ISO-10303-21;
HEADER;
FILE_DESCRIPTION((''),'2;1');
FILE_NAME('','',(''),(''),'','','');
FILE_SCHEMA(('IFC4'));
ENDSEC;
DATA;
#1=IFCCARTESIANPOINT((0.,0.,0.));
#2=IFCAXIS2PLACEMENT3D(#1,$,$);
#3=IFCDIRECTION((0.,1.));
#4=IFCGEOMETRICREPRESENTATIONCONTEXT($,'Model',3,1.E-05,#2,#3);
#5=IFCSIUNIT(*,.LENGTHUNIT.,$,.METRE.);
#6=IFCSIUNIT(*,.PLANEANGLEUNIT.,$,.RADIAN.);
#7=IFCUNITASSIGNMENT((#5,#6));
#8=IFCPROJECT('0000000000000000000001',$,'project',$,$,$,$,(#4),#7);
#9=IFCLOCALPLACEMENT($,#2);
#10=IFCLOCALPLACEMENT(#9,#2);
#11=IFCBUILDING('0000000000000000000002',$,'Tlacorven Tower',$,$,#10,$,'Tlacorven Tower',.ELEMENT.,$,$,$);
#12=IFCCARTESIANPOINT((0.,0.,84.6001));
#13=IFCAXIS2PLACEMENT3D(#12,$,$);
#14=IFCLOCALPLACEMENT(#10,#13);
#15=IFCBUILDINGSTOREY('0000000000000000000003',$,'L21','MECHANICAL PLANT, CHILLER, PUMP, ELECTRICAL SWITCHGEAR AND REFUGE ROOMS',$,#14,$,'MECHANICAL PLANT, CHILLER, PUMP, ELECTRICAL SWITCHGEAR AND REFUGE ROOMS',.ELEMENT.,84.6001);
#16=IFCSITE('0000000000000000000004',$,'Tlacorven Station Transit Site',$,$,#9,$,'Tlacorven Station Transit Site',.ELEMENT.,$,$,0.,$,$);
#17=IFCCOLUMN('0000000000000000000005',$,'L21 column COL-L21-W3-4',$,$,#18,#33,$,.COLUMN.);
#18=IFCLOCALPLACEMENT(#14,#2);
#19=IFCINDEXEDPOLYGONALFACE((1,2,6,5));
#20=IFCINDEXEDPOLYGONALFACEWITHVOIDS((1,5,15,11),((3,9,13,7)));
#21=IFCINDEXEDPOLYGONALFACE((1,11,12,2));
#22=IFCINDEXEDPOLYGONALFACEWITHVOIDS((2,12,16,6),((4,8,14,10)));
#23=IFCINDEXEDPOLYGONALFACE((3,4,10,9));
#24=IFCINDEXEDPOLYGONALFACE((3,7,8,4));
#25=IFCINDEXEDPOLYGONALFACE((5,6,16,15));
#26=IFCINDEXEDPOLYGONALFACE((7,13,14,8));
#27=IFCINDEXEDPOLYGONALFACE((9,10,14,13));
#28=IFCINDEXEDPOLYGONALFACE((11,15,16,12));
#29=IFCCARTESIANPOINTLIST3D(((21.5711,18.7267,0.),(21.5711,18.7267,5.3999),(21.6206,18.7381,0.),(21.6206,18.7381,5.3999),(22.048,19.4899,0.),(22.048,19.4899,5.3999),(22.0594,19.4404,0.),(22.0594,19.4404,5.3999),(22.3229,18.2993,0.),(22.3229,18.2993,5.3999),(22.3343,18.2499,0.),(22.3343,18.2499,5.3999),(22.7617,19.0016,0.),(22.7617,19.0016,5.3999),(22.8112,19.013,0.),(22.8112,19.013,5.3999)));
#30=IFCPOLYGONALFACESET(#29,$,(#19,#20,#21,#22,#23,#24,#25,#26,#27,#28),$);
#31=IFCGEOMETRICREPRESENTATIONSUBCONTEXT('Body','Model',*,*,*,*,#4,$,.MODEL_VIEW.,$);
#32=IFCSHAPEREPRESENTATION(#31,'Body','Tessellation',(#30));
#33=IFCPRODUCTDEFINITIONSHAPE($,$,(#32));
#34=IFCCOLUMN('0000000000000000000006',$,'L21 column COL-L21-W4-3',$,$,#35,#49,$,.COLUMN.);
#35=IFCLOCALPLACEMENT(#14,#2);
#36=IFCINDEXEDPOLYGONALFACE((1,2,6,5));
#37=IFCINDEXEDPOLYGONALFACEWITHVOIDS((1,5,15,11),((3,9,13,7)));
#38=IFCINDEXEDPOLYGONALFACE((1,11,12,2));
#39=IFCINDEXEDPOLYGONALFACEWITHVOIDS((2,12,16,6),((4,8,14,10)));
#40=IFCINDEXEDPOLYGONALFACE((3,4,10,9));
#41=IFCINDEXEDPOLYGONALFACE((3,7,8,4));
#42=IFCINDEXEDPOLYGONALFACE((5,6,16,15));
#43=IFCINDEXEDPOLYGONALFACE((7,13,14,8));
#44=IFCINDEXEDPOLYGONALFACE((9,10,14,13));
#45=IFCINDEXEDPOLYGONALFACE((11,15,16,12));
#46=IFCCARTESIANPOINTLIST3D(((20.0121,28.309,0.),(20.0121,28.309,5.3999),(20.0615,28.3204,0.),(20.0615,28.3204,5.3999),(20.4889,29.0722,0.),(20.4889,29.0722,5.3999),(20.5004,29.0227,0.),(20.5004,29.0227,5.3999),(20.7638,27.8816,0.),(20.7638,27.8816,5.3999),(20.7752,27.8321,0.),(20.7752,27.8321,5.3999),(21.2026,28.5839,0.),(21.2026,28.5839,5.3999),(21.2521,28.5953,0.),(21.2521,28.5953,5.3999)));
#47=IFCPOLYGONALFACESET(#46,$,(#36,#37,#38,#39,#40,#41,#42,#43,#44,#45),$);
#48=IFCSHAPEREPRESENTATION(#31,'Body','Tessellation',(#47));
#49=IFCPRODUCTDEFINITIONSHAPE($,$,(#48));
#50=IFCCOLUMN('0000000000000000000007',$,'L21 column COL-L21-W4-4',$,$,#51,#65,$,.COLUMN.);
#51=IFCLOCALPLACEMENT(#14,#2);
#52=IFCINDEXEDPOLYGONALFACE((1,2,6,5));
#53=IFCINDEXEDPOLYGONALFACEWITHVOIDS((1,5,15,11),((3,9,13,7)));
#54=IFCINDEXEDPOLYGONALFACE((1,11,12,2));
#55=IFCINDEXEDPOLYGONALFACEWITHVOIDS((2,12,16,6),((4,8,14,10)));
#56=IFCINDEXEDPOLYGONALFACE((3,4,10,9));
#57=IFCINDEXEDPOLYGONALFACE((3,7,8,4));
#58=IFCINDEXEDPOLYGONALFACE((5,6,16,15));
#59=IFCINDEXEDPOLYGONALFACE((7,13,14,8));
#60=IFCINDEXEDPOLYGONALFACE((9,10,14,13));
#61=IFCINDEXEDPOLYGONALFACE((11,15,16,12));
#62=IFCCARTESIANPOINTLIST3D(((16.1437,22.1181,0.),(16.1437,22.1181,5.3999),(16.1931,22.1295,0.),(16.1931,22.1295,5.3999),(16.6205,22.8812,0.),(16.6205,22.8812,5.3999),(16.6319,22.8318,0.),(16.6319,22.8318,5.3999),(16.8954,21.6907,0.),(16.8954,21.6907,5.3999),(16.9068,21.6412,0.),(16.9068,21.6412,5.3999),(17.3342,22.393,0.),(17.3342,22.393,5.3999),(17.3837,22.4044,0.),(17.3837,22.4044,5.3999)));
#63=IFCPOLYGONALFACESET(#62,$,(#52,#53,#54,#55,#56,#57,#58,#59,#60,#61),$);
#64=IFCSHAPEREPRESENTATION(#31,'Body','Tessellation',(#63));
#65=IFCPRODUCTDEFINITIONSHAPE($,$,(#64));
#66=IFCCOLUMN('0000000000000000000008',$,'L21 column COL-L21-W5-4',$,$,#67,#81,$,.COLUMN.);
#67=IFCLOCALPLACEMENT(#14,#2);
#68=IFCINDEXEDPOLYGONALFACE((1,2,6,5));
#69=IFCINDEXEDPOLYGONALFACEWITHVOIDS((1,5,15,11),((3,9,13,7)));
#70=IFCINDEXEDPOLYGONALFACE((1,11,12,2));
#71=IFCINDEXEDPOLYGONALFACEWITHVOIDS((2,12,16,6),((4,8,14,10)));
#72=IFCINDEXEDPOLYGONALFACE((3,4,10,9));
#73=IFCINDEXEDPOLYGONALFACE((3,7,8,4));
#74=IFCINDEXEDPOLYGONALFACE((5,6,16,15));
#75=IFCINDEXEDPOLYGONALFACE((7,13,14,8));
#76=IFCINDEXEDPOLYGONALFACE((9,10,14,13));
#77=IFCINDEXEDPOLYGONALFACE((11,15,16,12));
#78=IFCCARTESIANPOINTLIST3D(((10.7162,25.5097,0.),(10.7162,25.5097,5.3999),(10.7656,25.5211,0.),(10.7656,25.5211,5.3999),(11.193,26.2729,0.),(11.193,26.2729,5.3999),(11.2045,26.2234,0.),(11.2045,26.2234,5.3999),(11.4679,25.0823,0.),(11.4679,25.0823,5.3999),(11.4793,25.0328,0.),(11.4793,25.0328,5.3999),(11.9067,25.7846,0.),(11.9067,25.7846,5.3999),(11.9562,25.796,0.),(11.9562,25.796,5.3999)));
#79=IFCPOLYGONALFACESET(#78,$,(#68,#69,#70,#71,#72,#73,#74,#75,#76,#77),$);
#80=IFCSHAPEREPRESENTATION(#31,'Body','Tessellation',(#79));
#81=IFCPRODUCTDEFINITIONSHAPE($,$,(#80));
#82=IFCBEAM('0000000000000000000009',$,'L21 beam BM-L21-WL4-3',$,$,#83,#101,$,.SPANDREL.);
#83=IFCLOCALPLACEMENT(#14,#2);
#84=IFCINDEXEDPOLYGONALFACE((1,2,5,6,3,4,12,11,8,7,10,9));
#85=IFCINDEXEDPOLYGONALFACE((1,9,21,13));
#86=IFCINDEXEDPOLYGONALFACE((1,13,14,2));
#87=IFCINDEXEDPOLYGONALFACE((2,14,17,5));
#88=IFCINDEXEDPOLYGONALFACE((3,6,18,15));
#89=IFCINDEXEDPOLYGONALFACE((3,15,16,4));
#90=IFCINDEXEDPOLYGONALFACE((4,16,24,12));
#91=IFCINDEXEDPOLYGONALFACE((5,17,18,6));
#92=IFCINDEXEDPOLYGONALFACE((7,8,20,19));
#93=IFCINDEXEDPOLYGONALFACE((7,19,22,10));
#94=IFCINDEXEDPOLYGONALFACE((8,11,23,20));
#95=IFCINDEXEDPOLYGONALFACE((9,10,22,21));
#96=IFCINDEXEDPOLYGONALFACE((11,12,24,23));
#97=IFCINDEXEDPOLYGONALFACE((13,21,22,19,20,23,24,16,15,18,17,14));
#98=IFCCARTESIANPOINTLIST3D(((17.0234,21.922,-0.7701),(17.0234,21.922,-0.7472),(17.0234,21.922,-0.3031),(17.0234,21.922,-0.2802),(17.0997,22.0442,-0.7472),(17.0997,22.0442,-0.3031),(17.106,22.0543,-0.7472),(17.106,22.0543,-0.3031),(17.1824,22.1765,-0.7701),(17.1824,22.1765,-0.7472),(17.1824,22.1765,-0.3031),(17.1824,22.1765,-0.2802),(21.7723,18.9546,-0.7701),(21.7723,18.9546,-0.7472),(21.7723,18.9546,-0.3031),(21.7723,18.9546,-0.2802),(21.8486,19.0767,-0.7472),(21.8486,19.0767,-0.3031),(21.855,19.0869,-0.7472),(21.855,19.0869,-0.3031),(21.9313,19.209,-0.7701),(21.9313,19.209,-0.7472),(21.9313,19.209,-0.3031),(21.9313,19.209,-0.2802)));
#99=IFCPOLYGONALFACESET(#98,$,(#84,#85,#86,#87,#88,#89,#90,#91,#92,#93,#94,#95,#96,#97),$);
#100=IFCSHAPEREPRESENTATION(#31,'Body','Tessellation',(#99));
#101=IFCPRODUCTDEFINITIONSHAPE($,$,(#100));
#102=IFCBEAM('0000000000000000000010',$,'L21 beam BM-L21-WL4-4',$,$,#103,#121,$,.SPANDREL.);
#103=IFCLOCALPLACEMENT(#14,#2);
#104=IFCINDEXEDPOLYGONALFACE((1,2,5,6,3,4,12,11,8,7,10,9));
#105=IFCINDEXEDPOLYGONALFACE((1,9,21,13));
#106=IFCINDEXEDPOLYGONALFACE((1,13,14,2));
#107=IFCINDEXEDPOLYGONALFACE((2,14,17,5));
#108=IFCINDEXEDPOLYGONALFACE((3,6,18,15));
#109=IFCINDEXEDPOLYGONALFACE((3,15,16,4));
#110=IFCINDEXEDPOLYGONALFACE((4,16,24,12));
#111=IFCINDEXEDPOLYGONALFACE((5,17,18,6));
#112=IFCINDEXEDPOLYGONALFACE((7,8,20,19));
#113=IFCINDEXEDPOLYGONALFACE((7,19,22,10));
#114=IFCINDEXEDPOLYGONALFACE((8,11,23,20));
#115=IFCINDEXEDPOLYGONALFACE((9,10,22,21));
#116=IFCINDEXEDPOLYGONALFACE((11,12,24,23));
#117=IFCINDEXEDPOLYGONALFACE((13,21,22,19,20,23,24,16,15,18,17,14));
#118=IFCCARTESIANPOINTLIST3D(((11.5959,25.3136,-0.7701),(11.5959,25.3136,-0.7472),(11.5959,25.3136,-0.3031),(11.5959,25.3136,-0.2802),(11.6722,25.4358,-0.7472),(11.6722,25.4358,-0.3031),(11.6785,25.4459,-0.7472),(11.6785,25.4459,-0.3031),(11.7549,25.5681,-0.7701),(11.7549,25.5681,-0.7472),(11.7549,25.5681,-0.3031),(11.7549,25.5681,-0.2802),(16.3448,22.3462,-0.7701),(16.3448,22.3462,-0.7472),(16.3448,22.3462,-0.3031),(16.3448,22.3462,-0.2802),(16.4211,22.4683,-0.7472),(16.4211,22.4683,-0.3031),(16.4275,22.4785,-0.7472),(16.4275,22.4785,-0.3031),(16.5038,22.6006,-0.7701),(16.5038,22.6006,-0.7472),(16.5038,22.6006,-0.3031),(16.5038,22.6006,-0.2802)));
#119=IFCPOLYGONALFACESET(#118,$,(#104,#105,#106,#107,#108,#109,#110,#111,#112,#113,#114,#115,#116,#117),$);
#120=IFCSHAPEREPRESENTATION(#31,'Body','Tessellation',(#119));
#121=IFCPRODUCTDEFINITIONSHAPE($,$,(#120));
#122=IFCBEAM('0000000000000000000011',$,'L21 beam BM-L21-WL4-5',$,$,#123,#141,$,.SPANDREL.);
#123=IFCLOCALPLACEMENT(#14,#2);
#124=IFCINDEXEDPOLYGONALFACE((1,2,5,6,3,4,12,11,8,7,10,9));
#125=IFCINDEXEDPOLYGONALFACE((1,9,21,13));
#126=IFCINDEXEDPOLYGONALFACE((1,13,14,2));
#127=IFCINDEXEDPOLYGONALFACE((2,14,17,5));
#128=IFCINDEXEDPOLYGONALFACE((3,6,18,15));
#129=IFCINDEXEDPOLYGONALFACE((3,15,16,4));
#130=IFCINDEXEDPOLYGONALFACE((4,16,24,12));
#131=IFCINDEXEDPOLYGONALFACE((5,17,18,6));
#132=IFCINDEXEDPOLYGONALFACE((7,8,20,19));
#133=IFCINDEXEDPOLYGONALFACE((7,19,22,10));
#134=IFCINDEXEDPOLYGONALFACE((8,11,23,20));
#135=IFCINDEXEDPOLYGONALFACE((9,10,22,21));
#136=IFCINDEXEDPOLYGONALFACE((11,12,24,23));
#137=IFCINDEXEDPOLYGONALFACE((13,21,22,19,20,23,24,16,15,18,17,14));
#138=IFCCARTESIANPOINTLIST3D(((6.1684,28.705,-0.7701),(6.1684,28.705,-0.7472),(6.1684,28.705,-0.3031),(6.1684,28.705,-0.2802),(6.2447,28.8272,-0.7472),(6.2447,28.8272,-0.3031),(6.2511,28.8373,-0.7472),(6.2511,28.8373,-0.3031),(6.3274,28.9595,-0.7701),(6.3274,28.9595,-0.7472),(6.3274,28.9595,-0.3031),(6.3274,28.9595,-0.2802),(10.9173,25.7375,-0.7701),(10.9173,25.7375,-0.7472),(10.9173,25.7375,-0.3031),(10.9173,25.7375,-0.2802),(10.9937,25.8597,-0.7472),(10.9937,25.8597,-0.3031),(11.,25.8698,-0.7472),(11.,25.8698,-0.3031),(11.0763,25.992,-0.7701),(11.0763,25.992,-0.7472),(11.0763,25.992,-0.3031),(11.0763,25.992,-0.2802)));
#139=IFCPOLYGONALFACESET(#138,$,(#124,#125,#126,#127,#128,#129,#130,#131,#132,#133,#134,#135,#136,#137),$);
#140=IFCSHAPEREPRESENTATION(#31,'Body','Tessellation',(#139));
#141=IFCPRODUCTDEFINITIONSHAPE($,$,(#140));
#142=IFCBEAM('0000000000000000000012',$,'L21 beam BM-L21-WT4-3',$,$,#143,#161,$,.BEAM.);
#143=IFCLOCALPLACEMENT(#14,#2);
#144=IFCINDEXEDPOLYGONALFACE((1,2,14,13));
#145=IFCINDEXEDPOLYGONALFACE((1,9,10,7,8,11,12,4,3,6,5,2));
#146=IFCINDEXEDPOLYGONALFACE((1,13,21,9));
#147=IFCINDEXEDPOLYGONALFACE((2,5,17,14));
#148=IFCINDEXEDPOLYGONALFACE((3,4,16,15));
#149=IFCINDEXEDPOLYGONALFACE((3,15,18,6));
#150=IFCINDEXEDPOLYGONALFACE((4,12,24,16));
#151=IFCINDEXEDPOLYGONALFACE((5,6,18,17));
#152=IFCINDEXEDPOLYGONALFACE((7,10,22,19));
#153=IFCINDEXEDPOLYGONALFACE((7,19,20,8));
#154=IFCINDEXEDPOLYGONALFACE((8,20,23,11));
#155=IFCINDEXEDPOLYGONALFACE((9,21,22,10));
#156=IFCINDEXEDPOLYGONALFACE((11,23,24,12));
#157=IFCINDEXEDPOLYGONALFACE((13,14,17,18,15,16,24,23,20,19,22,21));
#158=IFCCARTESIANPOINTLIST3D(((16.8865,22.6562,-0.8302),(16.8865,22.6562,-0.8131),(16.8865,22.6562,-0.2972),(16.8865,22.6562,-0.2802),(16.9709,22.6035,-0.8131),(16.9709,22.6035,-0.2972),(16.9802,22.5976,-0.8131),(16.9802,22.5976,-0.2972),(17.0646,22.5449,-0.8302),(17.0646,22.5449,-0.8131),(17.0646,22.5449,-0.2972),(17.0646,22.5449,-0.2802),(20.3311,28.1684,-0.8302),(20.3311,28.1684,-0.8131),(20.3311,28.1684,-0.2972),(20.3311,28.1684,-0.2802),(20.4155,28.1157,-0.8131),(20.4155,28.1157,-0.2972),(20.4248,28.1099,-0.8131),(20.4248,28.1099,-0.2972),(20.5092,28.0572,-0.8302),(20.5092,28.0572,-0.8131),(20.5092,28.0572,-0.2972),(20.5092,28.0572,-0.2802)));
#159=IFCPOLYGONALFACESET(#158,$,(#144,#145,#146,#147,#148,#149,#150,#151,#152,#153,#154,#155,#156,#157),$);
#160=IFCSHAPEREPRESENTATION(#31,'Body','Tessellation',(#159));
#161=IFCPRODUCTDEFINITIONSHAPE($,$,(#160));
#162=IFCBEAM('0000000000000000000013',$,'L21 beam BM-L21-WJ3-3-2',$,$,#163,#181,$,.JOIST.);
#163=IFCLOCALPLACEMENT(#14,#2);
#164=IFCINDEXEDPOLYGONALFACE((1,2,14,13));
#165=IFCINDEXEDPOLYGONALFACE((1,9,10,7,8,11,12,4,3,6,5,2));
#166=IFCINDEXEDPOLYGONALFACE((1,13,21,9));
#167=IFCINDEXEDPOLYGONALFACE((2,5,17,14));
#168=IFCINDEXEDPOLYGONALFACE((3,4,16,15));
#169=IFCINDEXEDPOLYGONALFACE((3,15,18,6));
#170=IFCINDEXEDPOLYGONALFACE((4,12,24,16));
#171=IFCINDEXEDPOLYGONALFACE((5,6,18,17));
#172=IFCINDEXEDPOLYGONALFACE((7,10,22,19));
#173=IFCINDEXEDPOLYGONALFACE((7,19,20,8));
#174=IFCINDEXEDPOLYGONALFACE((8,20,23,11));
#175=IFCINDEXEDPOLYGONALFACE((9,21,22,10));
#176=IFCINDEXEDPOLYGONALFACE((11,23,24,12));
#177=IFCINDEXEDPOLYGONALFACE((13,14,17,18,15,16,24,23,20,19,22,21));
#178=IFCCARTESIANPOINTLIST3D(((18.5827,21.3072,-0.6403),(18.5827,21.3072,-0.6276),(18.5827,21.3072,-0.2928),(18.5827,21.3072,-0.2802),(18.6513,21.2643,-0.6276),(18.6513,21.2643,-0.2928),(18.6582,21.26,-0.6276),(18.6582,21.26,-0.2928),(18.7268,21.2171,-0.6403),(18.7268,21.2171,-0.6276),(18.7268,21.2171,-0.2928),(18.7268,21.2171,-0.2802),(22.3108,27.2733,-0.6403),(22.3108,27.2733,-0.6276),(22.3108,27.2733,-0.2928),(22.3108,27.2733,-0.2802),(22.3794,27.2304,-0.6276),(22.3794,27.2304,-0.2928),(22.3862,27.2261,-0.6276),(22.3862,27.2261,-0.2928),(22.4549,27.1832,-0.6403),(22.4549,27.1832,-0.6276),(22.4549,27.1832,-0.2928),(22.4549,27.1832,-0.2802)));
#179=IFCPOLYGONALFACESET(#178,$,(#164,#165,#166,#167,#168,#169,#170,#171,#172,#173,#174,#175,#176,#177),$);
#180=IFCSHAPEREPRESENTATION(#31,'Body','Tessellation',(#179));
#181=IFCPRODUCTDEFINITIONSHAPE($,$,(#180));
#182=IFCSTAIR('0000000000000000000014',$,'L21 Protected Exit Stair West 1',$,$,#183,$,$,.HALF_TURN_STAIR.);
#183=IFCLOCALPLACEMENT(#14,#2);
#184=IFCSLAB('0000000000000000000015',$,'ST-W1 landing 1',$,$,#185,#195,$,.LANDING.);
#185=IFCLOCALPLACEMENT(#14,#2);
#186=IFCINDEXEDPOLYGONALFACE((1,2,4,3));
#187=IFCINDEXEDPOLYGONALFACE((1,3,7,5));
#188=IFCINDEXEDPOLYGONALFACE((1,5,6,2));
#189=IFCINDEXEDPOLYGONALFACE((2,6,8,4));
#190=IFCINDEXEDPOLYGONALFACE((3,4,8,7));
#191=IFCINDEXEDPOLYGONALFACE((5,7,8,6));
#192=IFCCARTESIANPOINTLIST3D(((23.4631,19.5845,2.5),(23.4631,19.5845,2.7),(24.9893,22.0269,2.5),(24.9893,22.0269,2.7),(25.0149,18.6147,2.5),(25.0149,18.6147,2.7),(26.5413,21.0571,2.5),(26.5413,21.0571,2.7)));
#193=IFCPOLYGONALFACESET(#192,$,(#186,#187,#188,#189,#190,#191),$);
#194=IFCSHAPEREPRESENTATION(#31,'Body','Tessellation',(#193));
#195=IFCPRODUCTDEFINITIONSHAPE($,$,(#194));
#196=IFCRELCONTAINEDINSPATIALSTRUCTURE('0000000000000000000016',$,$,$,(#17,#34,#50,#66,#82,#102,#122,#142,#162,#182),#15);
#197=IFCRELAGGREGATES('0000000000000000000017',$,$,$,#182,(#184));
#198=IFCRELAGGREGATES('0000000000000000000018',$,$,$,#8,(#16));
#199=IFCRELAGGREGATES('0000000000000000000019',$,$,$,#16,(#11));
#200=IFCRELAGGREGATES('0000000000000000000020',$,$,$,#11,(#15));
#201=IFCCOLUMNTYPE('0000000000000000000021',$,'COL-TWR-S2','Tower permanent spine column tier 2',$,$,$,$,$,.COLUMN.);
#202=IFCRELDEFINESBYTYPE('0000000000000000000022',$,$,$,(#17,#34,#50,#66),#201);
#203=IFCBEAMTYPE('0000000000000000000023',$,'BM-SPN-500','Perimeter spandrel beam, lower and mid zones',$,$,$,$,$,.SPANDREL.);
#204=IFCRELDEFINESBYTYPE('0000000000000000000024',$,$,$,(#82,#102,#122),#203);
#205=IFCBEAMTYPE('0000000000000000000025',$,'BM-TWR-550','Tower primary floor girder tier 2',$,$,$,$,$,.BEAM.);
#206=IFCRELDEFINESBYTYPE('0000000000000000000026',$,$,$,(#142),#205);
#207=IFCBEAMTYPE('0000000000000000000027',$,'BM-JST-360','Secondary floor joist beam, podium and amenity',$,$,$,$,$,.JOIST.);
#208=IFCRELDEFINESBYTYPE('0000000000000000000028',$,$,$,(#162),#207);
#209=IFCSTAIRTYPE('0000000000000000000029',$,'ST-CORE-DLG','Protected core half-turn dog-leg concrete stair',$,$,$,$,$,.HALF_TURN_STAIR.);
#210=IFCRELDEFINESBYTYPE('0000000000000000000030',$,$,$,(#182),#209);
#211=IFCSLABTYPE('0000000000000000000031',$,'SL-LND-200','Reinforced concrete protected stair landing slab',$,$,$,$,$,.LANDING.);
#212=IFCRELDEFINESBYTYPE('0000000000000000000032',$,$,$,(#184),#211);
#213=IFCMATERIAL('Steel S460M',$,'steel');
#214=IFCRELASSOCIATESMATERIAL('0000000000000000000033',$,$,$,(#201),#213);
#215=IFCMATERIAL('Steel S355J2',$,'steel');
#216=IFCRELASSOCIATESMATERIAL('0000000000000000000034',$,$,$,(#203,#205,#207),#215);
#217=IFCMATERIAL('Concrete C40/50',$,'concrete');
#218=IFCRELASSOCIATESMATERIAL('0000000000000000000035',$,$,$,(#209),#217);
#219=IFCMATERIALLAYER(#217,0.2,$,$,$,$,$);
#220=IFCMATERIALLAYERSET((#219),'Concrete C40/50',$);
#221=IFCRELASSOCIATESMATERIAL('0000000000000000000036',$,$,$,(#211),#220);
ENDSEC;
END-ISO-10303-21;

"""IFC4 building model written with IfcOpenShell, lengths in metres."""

from ifc_helpers import new_model, si_unit, direction, frame, origin, origin_2d, place, context, subcontext, project, spatial, polyline, hollow_rectangle, i_section, outline, extrude, source, transform, mapped, material, layer, layer_set, material_profile, profile_set, type_object, element, aggregate, save


model = new_model("IFC4")

# Units and contexts
model_context = context("Model", 3, precision=1e-05, world=origin(), true_north=direction((0.0, 1.0)))
body_context = subcontext(model_context, "Body", "Model", "MODEL_VIEW")
ifc_project = project(units=[si_unit("LENGTHUNIT", "METRE"), si_unit("PLANEANGLEUNIT", "RADIAN")], contexts=[model_context])

# Site, building, storey
site_placement = place(None, origin())
site = spatial("IfcSite", under=ifc_project, at=site_placement, Name="Tlacorven Station Transit Site", LongName="Tlacorven Station Transit Site", CompositionType="ELEMENT", RefElevation=0.0)
building_placement = place(site_placement, origin())
building = spatial("IfcBuilding", under=site, at=building_placement, Name="Tlacorven Tower", LongName="Tlacorven Tower", CompositionType="ELEMENT")
storey_placement = place(building_placement, frame((0.0, 0.0, 84.6001)))
storey = spatial("IfcBuildingStorey", under=building, at=storey_placement, Name="L21", Description="MECHANICAL PLANT, CHILLER, PUMP, ELECTRICAL SWITCHGEAR AND REFUGE ROOMS", LongName="MECHANICAL PLANT, CHILLER, PUMP, ELECTRICAL SWITCHGEAR AND REFUGE ROOMS", CompositionType="ELEMENT", Elevation=84.6001)

# Columns
ifc_material_1 = material(Name="Steel S460M", Category="steel")
ifc_material_profile_1 = material_profile(ifc_material_1, hollow_rectangle(XDim=0.8999, YDim=0.8999, WallThickness=0.0359, at=origin_2d()), Name="BOX 900X900X36")
ifc_profile_set_1 = profile_set([ifc_material_profile_1], Name="Steel S460M")
column_type = type_object("IfcColumnType", Name="COL-TWR-S2", Description="Tower permanent spine column tier 2", PredefinedType="COLUMN", material=ifc_profile_set_1)
shared_shape_1 = source(origin(), body_context, "Body", "SweptSolid", [
    extrude(hollow_rectangle(XDim=0.8999, YDim=0.8999, WallThickness=0.0359, at=origin_2d()), origin(), (0.0, 0.0, 1.0), 5.3999),
])
for number, where, z_axis, x_axis, name in (
    (1, (22.1912, 18.8699, 0.0), (0.0, 0.0, 1.0), (-0.848048, 0.529919, 0.0), "L21 column COL-L21-W3-4"),
    (2, (20.6321, 28.4521, 0.0), (0.0, 0.0, 1.0), (-0.848048, 0.529919, 0.0), "L21 column COL-L21-W4-3"),
    (3, (16.7637, 22.2612, 0.0), (0.0, 0.0, 1.0), (-0.848048, 0.529919, 0.0), "L21 column COL-L21-W4-4"),
    (4, (11.3362, 25.6528, 0.0), (0.0, 0.0, 1.0), (-0.848048, 0.529919, 0.0), "L21 column COL-L21-W5-4"),
):
    element("IfcColumn", number, at=place(storey_placement, frame(where, z_axis=z_axis, x_axis=x_axis)), inside=storey, type_object=column_type, Name=name, PredefinedType="COLUMN", context=body_context, shape_type="MappedRepresentation", body=[
        mapped(shared_shape_1, transform((0.0, 0.0, 0.0), scale=1.0)),
    ])

# Beams
ifc_material_2 = material(Name="Steel S355J2", Category="steel")
ifc_material_profile_2 = material_profile(ifc_material_2, i_section(OverallWidth=0.3, OverallDepth=0.49, WebThickness=0.012, FlangeThickness=0.0229, at=origin_2d()), Name="HEA 500")
ifc_profile_set_2 = profile_set([ifc_material_profile_2], Name="Steel S355J2")
beam_type_1 = type_object("IfcBeamType", Name="BM-SPN-500", Description="Perimeter spandrel beam, lower and mid zones", PredefinedType="SPANDREL", material=ifc_profile_set_2)
shared_shape_2 = source(origin(), body_context, "Body", "SweptSolid", [
    extrude(i_section(OverallWidth=0.3, OverallDepth=0.49, WebThickness=0.012, FlangeThickness=0.0229, at=origin_2d()), origin(), (0.0, 0.0, 1.0), 5.5999),
])
for number, where, z_axis, x_axis, name in (
    (5, (21.8518, 19.0818, -0.5251), (-0.848047, 0.529921, 0.0), (-0.529921, -0.848047, 0.0), "L21 beam BM-L21-WL4-3"),
    (6, (16.4243, 22.4734, -0.5251), (-0.848047, 0.529921, 0.0), (-0.529921, -0.848047, 0.0), "L21 beam BM-L21-WL4-4"),
    (7, (10.9968, 25.8647, -0.5251), (-0.848047, 0.529921, 0.0), (-0.529921, -0.848047, 0.0), "L21 beam BM-L21-WL4-5"),
):
    element("IfcBeam", number, at=place(storey_placement, frame(where, z_axis=z_axis, x_axis=x_axis)), inside=storey, type_object=beam_type_1, Name=name, PredefinedType="SPANDREL", context=body_context, shape_type="MappedRepresentation", body=[
        mapped(shared_shape_2, transform((0.0, 0.0, 0.0), scale=1.0)),
    ])
ifc_material_profile_3 = material_profile(ifc_material_2, i_section(OverallWidth=0.21, OverallDepth=0.55, WebThickness=0.011, FlangeThickness=0.0171, at=origin_2d()), Name="IPE 550")
ifc_profile_set_3 = profile_set([ifc_material_profile_3], Name="Steel S355J2")
beam_type_2 = type_object("IfcBeamType", Name="BM-TWR-550", Description="Tower primary floor girder tier 2", PredefinedType="BEAM", material=ifc_profile_set_3)
shared_shape_3 = source(origin(), body_context, "Body", "SweptSolid", [
    extrude(i_section(OverallWidth=0.21, OverallDepth=0.55, WebThickness=0.011, FlangeThickness=0.0171, at=origin_2d()), origin(), (0.0, 0.0, 1.0), 6.5),
])
beam_1_placement = place(storey_placement, frame((20.4202, 28.1128, -0.5552), z_axis=(-0.529938, -0.848036, 0.0), x_axis=(0.848036, -0.529938, 0.0)))
element("IfcBeam", 8, at=beam_1_placement, inside=storey, type_object=beam_type_2, Name="L21 beam BM-L21-WT4-3", PredefinedType="BEAM", context=body_context, shape_type="MappedRepresentation", body=[
    mapped(shared_shape_3, transform((0.0, 0.0, 0.0), scale=1.0)),
])
ifc_material_profile_4 = material_profile(ifc_material_2, i_section(OverallWidth=0.1699, OverallDepth=0.3601, WebThickness=0.0081, FlangeThickness=0.0127, at=origin_2d()), Name="IPE 360")
ifc_profile_set_4 = profile_set([ifc_material_profile_4], Name="Steel S355J2")
beam_type_3 = type_object("IfcBeamType", Name="BM-JST-360", Description="Secondary floor joist beam, podium and amenity", PredefinedType="JOIST", material=ifc_profile_set_4)
shared_shape_4 = source(origin(), body_context, "Body", "SweptSolid", [
    extrude(i_section(OverallWidth=0.1699, OverallDepth=0.3601, WebThickness=0.0081, FlangeThickness=0.0127, at=origin_2d()), origin(), (0.0, 0.0, 1.0), 7.0352),
])
beam_2_placement = place(storey_placement, frame((22.3828, 27.2283, -0.4602), z_axis=(-0.529921, -0.848047, 0.0), x_axis=(0.848047, -0.529921, 0.0)))
element("IfcBeam", 9, at=beam_2_placement, inside=storey, type_object=beam_type_3, Name="L21 beam BM-L21-WJ3-3-2", PredefinedType="JOIST", context=body_context, shape_type="MappedRepresentation", body=[
    mapped(shared_shape_4, transform((0.0, 0.0, 0.0), scale=1.0)),
])

# Stair, slab
ifc_material_3 = material(Name="Concrete C40/50", Category="concrete")
stair_type = type_object("IfcStairType", Name="ST-CORE-DLG", Description="Protected core half-turn dog-leg concrete stair", PredefinedType="HALF_TURN_STAIR", material=ifc_material_3)
stair_1_placement = place(storey_placement, origin())
stair_1 = element("IfcStair", 10, at=stair_1_placement, inside=storey, type_object=stair_type, Name="L21 Protected Exit Stair West 1", PredefinedType="HALF_TURN_STAIR")
ifc_layer_1 = layer(ifc_material_3, 0.2)
ifc_layer_set_1 = layer_set([ifc_layer_1], Name="Concrete C40/50")
slab_type_1 = type_object("IfcSlabType", Name="SL-LND-200", Description="Reinforced concrete protected stair landing slab", PredefinedType="LANDING", material=ifc_layer_set_1)
slab_1_placement = place(storey_placement, frame((0.0, 0.0, 2.5)))
slab_1 = element("IfcSlab", 11, at=slab_1_placement, type_object=slab_type_1, Name="ST-W1 landing 1", PredefinedType="LANDING", context=body_context, shape_type="SweptSolid", body=[
    extrude(outline(polyline([(26.5413, 21.0571), (24.9893, 22.0269), (23.4631, 19.5845), (25.0149, 18.6147), (26.5413, 21.0571)])), origin(), (0.0, 0.0, 1.0), 0.2),
])
aggregate(stair_1, [slab_1])

save(model, "model.ifc")
